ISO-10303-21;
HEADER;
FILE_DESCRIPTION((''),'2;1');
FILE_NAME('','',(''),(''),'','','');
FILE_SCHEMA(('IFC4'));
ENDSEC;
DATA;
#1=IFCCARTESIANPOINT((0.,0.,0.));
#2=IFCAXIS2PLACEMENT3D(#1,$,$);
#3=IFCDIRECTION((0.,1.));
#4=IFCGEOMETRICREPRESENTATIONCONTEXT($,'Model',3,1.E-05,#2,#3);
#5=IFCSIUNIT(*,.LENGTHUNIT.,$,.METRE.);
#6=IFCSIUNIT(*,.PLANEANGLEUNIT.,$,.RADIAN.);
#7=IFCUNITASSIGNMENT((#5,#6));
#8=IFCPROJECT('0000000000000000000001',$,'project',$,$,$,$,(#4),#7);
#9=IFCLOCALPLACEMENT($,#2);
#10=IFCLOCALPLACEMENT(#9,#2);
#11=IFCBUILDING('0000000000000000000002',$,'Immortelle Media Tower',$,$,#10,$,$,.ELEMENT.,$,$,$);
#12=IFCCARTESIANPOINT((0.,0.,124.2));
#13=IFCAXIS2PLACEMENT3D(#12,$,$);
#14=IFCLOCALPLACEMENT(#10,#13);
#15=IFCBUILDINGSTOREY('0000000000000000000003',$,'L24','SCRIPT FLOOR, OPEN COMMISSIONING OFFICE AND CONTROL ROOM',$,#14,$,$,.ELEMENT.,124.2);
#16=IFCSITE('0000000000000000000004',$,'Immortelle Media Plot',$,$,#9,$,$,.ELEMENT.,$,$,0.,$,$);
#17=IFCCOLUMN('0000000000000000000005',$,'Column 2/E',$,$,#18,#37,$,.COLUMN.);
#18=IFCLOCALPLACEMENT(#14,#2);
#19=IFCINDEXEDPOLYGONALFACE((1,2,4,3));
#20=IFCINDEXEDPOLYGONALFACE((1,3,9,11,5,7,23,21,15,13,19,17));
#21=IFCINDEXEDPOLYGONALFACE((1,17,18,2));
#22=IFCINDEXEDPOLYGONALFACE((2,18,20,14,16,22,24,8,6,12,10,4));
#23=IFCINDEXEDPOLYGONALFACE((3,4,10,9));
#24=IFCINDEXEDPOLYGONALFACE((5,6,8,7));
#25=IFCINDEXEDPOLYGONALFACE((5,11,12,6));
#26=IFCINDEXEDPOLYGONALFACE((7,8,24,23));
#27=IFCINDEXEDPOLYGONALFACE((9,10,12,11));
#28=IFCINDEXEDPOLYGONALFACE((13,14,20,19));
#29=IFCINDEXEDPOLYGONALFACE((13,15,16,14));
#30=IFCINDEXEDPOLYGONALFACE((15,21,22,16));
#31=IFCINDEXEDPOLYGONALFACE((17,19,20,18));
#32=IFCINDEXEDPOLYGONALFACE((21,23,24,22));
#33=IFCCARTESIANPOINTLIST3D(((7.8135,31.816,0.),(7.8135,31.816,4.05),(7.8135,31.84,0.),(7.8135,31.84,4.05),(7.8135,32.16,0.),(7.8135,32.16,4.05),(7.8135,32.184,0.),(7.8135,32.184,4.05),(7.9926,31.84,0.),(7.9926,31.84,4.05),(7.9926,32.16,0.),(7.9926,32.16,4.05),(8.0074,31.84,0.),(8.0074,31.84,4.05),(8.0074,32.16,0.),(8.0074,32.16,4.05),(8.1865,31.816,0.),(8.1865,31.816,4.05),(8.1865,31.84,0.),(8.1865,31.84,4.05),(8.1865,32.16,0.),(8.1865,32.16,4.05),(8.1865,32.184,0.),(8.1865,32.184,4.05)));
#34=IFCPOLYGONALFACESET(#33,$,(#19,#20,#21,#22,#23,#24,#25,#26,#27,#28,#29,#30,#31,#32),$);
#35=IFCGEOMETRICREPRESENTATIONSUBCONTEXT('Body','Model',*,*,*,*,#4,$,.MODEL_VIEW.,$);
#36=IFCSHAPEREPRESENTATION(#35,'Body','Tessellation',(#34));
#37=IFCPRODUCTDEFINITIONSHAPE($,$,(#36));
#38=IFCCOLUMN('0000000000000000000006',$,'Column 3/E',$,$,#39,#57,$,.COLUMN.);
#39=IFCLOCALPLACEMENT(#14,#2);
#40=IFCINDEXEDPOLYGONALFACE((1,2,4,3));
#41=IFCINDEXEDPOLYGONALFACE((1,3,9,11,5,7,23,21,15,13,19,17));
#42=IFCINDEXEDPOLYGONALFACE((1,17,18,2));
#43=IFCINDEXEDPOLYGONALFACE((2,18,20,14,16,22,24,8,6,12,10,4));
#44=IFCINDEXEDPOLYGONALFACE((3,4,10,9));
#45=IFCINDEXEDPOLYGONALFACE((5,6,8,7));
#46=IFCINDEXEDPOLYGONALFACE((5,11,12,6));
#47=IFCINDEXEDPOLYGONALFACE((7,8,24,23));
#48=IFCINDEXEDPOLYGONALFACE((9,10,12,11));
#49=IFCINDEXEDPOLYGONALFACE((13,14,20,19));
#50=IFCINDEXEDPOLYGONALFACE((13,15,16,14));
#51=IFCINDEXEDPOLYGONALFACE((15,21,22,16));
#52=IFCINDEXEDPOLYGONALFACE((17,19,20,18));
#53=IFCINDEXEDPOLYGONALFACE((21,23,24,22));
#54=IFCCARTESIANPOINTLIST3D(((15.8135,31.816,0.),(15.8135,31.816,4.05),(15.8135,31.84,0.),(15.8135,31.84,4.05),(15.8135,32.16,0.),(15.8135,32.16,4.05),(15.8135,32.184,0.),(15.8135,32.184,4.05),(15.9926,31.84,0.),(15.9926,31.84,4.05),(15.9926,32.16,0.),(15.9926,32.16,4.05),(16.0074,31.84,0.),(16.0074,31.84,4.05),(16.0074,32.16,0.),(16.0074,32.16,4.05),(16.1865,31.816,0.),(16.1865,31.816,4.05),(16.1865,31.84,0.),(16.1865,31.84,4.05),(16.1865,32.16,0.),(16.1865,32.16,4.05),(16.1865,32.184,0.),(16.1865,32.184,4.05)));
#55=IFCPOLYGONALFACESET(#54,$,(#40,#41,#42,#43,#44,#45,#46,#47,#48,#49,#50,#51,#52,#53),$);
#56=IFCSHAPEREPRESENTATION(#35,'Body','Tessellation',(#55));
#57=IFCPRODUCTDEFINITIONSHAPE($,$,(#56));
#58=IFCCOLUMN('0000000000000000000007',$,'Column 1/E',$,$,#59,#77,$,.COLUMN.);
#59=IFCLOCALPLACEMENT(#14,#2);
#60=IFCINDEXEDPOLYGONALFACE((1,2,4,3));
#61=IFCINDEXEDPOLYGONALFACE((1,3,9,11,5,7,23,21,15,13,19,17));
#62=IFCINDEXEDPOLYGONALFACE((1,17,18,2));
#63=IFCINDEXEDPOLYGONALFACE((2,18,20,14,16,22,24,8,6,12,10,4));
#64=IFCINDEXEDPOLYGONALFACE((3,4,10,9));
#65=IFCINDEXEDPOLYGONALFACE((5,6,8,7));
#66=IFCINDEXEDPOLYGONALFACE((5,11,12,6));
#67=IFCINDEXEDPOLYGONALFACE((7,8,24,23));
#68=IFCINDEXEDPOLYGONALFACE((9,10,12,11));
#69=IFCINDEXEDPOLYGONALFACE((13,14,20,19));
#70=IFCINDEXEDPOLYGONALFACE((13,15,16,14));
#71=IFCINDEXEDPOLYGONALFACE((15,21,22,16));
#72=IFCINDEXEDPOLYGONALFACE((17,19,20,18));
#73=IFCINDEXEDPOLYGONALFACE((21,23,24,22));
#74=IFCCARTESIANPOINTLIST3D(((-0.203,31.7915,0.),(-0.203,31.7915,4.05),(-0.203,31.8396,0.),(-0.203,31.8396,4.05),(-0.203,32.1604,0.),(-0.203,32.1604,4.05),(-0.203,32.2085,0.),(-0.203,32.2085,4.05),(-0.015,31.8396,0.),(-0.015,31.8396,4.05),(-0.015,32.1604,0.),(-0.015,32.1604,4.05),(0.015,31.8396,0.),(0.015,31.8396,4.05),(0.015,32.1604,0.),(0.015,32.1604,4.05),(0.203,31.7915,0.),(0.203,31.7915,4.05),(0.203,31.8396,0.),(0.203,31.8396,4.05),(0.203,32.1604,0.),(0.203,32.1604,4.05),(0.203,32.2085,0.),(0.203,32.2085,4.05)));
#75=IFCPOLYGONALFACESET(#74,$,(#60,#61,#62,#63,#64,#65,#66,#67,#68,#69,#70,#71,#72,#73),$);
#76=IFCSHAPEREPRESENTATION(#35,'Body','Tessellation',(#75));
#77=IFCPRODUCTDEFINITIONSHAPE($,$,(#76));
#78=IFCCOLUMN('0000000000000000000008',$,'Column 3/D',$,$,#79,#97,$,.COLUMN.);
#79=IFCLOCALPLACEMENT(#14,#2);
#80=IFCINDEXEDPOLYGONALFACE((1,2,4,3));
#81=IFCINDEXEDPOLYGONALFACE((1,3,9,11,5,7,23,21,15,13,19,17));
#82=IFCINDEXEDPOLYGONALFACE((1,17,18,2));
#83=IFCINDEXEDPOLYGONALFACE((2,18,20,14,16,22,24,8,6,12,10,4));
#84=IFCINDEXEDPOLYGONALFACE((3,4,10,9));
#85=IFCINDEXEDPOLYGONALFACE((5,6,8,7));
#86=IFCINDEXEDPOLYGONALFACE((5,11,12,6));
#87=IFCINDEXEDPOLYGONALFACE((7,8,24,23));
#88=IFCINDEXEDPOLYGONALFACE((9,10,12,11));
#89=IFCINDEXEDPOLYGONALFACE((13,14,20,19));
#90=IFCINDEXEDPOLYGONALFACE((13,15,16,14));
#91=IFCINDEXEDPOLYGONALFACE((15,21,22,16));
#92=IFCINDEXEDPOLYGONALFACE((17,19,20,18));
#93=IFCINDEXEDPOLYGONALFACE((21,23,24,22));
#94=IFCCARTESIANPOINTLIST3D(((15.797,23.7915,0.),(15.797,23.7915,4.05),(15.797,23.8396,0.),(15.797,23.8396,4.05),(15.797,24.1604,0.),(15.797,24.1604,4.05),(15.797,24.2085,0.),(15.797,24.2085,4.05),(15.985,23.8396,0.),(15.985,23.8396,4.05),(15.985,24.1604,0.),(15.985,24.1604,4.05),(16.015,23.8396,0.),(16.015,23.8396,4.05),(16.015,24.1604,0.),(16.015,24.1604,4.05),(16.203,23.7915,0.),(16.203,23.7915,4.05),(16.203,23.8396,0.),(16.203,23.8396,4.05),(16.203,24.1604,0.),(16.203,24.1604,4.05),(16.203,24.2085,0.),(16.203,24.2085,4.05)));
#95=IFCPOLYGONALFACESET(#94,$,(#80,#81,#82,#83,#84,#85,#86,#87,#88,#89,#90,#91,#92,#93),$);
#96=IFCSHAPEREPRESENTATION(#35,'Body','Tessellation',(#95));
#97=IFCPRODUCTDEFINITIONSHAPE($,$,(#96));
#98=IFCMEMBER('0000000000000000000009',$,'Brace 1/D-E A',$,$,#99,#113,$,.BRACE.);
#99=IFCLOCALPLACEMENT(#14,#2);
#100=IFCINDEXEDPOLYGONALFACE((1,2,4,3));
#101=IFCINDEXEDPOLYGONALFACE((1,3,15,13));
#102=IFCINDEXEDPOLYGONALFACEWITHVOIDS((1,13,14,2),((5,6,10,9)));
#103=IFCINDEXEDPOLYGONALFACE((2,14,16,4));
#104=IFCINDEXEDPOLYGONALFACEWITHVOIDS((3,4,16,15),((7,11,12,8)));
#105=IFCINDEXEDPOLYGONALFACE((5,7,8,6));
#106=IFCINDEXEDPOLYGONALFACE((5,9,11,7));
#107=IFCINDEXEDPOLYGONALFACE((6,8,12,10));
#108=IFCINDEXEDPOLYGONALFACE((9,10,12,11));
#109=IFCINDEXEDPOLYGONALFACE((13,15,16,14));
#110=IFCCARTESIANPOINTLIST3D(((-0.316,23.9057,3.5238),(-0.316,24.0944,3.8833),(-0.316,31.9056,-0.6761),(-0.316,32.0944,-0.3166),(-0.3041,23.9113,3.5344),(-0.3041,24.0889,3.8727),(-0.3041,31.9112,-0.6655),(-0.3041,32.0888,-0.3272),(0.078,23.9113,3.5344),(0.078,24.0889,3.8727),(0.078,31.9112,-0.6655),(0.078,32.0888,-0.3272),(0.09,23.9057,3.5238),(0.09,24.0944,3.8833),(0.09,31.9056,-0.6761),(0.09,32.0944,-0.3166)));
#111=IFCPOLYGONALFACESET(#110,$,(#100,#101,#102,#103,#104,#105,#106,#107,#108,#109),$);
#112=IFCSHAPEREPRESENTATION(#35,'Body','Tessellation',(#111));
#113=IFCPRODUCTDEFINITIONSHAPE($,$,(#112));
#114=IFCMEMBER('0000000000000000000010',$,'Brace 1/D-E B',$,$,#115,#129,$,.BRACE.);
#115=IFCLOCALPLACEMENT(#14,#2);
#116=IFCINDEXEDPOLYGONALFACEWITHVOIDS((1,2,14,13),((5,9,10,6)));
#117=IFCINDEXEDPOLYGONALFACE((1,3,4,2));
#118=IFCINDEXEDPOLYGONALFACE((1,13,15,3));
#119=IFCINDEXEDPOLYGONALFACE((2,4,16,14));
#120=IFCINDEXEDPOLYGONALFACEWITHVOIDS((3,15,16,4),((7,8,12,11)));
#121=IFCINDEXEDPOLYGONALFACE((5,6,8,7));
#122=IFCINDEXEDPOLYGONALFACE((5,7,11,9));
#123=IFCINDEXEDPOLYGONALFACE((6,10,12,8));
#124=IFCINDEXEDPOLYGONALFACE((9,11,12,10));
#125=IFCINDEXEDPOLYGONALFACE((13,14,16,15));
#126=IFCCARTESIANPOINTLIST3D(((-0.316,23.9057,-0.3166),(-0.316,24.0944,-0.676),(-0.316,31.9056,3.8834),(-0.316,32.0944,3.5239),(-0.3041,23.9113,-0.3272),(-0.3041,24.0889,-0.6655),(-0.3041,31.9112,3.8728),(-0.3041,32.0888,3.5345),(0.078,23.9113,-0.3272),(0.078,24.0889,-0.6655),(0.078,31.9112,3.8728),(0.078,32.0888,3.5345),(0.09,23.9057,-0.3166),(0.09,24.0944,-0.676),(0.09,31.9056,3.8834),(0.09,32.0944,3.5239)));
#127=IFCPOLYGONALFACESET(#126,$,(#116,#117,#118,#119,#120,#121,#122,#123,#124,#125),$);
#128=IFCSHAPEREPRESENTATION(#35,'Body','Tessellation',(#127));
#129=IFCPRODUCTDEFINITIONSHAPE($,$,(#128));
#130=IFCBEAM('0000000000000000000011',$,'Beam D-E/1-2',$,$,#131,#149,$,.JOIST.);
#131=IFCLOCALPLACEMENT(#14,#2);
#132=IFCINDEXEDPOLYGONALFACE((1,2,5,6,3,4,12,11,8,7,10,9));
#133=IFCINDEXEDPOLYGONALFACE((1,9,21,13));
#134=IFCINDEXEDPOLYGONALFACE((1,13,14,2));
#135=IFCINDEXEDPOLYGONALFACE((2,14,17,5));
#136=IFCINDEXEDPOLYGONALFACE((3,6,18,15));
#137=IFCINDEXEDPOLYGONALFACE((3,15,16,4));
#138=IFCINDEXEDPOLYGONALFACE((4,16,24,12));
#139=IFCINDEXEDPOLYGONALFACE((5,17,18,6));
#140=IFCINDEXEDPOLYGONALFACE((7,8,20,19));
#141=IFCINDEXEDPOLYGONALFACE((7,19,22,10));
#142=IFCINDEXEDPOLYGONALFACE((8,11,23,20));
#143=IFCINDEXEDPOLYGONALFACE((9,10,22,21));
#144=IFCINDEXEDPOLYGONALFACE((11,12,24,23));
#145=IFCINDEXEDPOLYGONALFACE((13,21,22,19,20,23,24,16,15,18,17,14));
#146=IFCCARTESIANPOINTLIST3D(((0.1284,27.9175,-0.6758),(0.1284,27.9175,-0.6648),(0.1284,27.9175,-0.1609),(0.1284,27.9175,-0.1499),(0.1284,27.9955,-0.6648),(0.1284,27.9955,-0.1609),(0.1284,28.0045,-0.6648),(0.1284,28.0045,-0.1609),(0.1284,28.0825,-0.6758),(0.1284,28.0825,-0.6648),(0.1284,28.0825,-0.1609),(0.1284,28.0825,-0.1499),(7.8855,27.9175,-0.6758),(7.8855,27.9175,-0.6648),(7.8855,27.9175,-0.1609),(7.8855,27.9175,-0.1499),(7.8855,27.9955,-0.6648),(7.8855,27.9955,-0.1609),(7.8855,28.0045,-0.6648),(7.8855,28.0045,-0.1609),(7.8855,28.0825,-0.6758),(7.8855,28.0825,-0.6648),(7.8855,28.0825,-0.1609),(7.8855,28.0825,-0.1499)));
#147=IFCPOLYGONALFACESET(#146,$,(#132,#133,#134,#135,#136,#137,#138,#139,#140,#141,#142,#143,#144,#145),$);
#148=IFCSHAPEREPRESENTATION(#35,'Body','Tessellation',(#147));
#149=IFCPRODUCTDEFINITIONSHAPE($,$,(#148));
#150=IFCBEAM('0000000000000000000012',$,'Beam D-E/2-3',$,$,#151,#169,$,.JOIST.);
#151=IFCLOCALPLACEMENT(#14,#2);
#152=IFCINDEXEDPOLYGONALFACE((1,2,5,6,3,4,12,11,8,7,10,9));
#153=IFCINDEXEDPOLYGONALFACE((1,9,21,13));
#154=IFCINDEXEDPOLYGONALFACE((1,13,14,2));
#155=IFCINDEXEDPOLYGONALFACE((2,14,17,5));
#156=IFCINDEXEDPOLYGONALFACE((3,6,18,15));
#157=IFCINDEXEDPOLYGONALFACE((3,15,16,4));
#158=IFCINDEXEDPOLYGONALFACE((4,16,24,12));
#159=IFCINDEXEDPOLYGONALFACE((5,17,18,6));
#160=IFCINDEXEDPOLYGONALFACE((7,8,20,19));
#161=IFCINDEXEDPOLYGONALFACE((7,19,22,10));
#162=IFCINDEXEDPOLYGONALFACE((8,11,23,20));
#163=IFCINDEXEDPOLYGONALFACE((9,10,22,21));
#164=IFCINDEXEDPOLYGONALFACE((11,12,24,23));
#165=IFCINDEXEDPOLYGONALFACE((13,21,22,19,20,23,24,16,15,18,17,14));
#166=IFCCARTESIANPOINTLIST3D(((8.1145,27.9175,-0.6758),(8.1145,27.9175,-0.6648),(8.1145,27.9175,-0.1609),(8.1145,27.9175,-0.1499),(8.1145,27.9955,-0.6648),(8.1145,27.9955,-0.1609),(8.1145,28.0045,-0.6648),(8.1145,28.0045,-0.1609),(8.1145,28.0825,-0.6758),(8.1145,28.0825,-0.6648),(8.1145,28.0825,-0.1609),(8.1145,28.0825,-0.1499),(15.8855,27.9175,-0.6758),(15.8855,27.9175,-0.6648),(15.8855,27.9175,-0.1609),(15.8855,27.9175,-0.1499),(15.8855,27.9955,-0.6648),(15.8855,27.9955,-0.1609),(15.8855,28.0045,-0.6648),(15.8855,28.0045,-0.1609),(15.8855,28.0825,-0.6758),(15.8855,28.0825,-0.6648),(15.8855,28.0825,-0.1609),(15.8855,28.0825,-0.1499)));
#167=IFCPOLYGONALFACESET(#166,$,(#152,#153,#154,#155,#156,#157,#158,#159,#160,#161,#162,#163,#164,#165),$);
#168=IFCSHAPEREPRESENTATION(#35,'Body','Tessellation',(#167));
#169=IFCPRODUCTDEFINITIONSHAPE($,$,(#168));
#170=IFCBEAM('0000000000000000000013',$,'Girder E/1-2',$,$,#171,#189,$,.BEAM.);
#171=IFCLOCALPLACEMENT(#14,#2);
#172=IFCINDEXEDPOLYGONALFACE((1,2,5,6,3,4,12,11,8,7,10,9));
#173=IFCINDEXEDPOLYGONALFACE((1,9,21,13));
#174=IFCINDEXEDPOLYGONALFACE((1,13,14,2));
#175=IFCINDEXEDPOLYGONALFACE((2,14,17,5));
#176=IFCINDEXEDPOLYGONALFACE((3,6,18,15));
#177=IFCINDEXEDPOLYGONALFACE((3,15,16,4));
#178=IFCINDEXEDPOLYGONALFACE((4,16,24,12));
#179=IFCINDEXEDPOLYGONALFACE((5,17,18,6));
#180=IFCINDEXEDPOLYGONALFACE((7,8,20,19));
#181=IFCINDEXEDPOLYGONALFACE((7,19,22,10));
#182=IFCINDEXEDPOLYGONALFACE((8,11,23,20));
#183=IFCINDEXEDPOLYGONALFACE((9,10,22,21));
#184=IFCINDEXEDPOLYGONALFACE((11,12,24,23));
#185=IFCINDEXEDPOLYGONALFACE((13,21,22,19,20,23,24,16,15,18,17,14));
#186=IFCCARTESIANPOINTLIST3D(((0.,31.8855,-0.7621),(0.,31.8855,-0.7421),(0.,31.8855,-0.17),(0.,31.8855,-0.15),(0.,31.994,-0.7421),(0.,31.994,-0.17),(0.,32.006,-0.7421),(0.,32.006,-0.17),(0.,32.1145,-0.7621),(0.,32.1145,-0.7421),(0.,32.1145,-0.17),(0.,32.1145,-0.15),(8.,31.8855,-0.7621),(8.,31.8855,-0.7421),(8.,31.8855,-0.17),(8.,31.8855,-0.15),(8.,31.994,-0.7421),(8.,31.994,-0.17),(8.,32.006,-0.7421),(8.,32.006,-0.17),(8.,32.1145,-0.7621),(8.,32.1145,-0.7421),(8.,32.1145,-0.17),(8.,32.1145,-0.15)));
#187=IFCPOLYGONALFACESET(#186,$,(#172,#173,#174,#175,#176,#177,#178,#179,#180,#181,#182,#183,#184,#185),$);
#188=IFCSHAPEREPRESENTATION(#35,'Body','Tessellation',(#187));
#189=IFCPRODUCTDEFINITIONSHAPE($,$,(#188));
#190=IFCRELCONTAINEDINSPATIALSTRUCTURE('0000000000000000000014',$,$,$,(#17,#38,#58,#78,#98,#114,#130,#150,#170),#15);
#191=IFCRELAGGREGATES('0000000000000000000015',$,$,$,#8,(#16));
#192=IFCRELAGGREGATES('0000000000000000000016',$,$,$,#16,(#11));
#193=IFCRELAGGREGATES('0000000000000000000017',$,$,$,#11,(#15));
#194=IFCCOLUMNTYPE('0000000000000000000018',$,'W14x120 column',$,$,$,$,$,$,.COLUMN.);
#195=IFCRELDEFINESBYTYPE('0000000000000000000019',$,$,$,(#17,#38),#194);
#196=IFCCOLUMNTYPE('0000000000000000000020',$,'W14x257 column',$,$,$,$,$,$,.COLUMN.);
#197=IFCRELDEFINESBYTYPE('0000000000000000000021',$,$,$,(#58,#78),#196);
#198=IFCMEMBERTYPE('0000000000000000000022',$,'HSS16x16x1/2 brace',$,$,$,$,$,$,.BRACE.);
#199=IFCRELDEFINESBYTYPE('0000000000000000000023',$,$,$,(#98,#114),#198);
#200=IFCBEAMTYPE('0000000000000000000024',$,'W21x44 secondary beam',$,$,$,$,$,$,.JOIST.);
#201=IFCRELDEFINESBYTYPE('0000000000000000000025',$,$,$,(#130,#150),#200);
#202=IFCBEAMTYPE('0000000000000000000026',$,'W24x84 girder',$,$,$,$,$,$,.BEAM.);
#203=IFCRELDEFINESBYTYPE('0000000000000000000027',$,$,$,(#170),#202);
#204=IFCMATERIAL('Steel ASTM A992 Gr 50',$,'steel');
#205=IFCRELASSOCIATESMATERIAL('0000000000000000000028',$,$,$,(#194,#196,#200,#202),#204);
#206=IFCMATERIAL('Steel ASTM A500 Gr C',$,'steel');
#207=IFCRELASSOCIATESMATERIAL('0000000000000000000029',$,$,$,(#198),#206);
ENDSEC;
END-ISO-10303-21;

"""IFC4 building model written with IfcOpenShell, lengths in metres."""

from ifc_helpers import new_model, si_unit, direction, frame, origin, origin_2d, place, context, subcontext, project, spatial, hollow_rectangle, i_section, extrude, material, material_profile, profile_set, type_object, element, save


model = new_model("IFC4")

# Units and contexts
model_context = context("Model", 3, precision=1e-05, world=origin(), true_north=direction((0.0, 1.0)))
body_context = subcontext(model_context, "Body", "Model", "MODEL_VIEW")
ifc_project = project(units=[si_unit("LENGTHUNIT", "METRE"), si_unit("PLANEANGLEUNIT", "RADIAN")], contexts=[model_context])

# Site, building, storey
site_placement = place(None, origin())
site = spatial("IfcSite", under=ifc_project, at=site_placement, Name="Immortelle Media Plot", CompositionType="ELEMENT", RefElevation=0.0)
building_placement = place(site_placement, origin())
building = spatial("IfcBuilding", under=site, at=building_placement, Name="Immortelle Media Tower", CompositionType="ELEMENT")
storey_placement = place(building_placement, frame((0.0, 0.0, 124.2)))
storey = spatial("IfcBuildingStorey", under=building, at=storey_placement, Name="L24", Description="SCRIPT FLOOR, OPEN COMMISSIONING OFFICE AND CONTROL ROOM", CompositionType="ELEMENT", Elevation=124.2)

# Columns
ifc_material_1 = material(Name="Steel ASTM A992 Gr 50", Category="steel")
ifc_material_profile_1 = material_profile(ifc_material_1, i_section(OverallWidth=0.373, OverallDepth=0.3679, WebThickness=0.0149, FlangeThickness=0.0239, at=origin_2d()), Name="W14x120")
ifc_profile_set_1 = profile_set([ifc_material_profile_1], Name="Steel ASTM A992 Gr 50")
column_type_1 = type_object("IfcColumnType", Name="W14x120 column", PredefinedType="COLUMN", material=ifc_profile_set_1)
for number, where, z_axis, x_axis, name in (
    (1, (8.0, 32.0, 0.0), (0.0, 0.0, 1.0), (1.0, 0.0, 0.0), "Column 2/E"),
    (2, (16.0, 32.0, 0.0), (0.0, 0.0, 1.0), (1.0, 0.0, 0.0), "Column 3/E"),
):
    element("IfcColumn", number, at=place(storey_placement, frame(where, z_axis=z_axis, x_axis=x_axis)), inside=storey, type_object=column_type_1, Name=name, PredefinedType="COLUMN", context=body_context, shape_type="SweptSolid", body=[
        extrude(i_section(OverallWidth=0.373, OverallDepth=0.3679, WebThickness=0.0149, FlangeThickness=0.0239, at=origin_2d()), origin(), (0.0, 0.0, 1.0), 4.05),
    ])
ifc_material_profile_2 = material_profile(ifc_material_1, i_section(OverallWidth=0.406, OverallDepth=0.417, WebThickness=0.03, FlangeThickness=0.0481, at=origin_2d()), Name="W14x257")
ifc_profile_set_2 = profile_set([ifc_material_profile_2], Name="Steel ASTM A992 Gr 50")
column_type_2 = type_object("IfcColumnType", Name="W14x257 column", PredefinedType="COLUMN", material=ifc_profile_set_2)
for number, where, z_axis, x_axis, name in (
    (3, (0.0, 32.0, 0.0), (0.0, 0.0, 1.0), (1.0, 0.0, 0.0), "Column 1/E"),
    (4, (16.0, 24.0, 0.0), (0.0, 0.0, 1.0), (1.0, 0.0, 0.0), "Column 3/D"),
):
    element("IfcColumn", number, at=place(storey_placement, frame(where, z_axis=z_axis, x_axis=x_axis)), inside=storey, type_object=column_type_2, Name=name, PredefinedType="COLUMN", context=body_context, shape_type="SweptSolid", body=[
        extrude(i_section(OverallWidth=0.406, OverallDepth=0.417, WebThickness=0.03, FlangeThickness=0.0481, at=origin_2d()), origin(), (0.0, 0.0, 1.0), 4.05),
    ])

# Members
ifc_material_2 = material(Name="Steel ASTM A500 Gr C", Category="steel")
ifc_material_profile_3 = material_profile(ifc_material_2, hollow_rectangle(XDim=0.406, YDim=0.406, WallThickness=0.012, at=origin_2d()), Name="HSS16x16x1/2 brace")
ifc_profile_set_3 = profile_set([ifc_material_profile_3], Name="Steel ASTM A500 Gr C")
member_type = type_object("IfcMemberType", Name="HSS16x16x1/2 brace", PredefinedType="BRACE", material=ifc_profile_set_3)
for number, where, z_axis, x_axis, name in (
    (5, (-0.113, 32.0, -0.4963), (0.0, -0.8854, 0.46483), (1.0, 0.0, 0.0), "Brace 1/D-E A"),
    (6, (-0.113, 32.0, 3.7036), (0.0, -0.8854, -0.46483), (1.0, 0.0, 0.0), "Brace 1/D-E B"),
):
    element("IfcMember", number, at=place(storey_placement, frame(where, z_axis=z_axis, x_axis=x_axis)), inside=storey, type_object=member_type, Name=name, PredefinedType="BRACE", context=body_context, shape_type="SweptSolid", body=[
        extrude(hollow_rectangle(XDim=0.406, YDim=0.406, WallThickness=0.012, at=origin_2d()), origin(), (0.0, 0.0, 1.0), 9.0354),
    ])

# Beams
ifc_material_profile_4 = material_profile(ifc_material_1, i_section(OverallWidth=0.165, OverallDepth=0.5259, WebThickness=0.009, FlangeThickness=0.011, at=origin_2d()), Name="W21x44")
ifc_profile_set_4 = profile_set([ifc_material_profile_4], Name="Steel ASTM A992 Gr 50")
beam_type_1 = type_object("IfcBeamType", Name="W21x44 secondary beam", PredefinedType="JOIST", material=ifc_profile_set_4)
beam_1_placement = place(storey_placement, frame((0.1284, 28.0, -0.4128), z_axis=(1.0, 0.0, 0.0), x_axis=(0.0, 1.0, 0.0)))
element("IfcBeam", 7, at=beam_1_placement, inside=storey, type_object=beam_type_1, Name="Beam D-E/1-2", PredefinedType="JOIST", context=body_context, shape_type="SweptSolid", body=[
    extrude(i_section(OverallWidth=0.165, OverallDepth=0.5259, WebThickness=0.009, FlangeThickness=0.011, at=origin_2d()), origin(), (0.0, 0.0, 1.0), 7.7571),
])
beam_2_placement = place(storey_placement, frame((8.1145, 28.0, -0.4128), z_axis=(1.0, 0.0, 0.0), x_axis=(0.0, 1.0, 0.0)))
element("IfcBeam", 8, at=beam_2_placement, inside=storey, type_object=beam_type_1, Name="Beam D-E/2-3", PredefinedType="JOIST", context=body_context, shape_type="SweptSolid", body=[
    extrude(i_section(OverallWidth=0.165, OverallDepth=0.5259, WebThickness=0.009, FlangeThickness=0.011, at=origin_2d()), origin(), (0.0, 0.0, 1.0), 7.771),
])
ifc_material_profile_5 = material_profile(ifc_material_1, i_section(OverallWidth=0.229, OverallDepth=0.6121, WebThickness=0.012, FlangeThickness=0.02, at=origin_2d()), Name="W24x84")
ifc_profile_set_5 = profile_set([ifc_material_profile_5], Name="Steel ASTM A992 Gr 50")
beam_type_2 = type_object("IfcBeamType", Name="W24x84 girder", PredefinedType="BEAM", material=ifc_profile_set_5)
for number, where, z_axis, x_axis, name in (
    (9, (0.0, 32.0, -0.4561), (1.0, 0.0, 0.0), (0.0, 1.0, 0.0), "Girder E/1-2"),
):
    element("IfcBeam", number, at=place(storey_placement, frame(where, z_axis=z_axis, x_axis=x_axis)), inside=storey, type_object=beam_type_2, Name=name, PredefinedType="BEAM", context=body_context, shape_type="SweptSolid", body=[
        extrude(i_section(OverallWidth=0.229, OverallDepth=0.6121, WebThickness=0.012, FlangeThickness=0.02, at=origin_2d()), origin(), (0.0, 0.0, 1.0), 8.0),
    ])

save(model, "model.ifc")
